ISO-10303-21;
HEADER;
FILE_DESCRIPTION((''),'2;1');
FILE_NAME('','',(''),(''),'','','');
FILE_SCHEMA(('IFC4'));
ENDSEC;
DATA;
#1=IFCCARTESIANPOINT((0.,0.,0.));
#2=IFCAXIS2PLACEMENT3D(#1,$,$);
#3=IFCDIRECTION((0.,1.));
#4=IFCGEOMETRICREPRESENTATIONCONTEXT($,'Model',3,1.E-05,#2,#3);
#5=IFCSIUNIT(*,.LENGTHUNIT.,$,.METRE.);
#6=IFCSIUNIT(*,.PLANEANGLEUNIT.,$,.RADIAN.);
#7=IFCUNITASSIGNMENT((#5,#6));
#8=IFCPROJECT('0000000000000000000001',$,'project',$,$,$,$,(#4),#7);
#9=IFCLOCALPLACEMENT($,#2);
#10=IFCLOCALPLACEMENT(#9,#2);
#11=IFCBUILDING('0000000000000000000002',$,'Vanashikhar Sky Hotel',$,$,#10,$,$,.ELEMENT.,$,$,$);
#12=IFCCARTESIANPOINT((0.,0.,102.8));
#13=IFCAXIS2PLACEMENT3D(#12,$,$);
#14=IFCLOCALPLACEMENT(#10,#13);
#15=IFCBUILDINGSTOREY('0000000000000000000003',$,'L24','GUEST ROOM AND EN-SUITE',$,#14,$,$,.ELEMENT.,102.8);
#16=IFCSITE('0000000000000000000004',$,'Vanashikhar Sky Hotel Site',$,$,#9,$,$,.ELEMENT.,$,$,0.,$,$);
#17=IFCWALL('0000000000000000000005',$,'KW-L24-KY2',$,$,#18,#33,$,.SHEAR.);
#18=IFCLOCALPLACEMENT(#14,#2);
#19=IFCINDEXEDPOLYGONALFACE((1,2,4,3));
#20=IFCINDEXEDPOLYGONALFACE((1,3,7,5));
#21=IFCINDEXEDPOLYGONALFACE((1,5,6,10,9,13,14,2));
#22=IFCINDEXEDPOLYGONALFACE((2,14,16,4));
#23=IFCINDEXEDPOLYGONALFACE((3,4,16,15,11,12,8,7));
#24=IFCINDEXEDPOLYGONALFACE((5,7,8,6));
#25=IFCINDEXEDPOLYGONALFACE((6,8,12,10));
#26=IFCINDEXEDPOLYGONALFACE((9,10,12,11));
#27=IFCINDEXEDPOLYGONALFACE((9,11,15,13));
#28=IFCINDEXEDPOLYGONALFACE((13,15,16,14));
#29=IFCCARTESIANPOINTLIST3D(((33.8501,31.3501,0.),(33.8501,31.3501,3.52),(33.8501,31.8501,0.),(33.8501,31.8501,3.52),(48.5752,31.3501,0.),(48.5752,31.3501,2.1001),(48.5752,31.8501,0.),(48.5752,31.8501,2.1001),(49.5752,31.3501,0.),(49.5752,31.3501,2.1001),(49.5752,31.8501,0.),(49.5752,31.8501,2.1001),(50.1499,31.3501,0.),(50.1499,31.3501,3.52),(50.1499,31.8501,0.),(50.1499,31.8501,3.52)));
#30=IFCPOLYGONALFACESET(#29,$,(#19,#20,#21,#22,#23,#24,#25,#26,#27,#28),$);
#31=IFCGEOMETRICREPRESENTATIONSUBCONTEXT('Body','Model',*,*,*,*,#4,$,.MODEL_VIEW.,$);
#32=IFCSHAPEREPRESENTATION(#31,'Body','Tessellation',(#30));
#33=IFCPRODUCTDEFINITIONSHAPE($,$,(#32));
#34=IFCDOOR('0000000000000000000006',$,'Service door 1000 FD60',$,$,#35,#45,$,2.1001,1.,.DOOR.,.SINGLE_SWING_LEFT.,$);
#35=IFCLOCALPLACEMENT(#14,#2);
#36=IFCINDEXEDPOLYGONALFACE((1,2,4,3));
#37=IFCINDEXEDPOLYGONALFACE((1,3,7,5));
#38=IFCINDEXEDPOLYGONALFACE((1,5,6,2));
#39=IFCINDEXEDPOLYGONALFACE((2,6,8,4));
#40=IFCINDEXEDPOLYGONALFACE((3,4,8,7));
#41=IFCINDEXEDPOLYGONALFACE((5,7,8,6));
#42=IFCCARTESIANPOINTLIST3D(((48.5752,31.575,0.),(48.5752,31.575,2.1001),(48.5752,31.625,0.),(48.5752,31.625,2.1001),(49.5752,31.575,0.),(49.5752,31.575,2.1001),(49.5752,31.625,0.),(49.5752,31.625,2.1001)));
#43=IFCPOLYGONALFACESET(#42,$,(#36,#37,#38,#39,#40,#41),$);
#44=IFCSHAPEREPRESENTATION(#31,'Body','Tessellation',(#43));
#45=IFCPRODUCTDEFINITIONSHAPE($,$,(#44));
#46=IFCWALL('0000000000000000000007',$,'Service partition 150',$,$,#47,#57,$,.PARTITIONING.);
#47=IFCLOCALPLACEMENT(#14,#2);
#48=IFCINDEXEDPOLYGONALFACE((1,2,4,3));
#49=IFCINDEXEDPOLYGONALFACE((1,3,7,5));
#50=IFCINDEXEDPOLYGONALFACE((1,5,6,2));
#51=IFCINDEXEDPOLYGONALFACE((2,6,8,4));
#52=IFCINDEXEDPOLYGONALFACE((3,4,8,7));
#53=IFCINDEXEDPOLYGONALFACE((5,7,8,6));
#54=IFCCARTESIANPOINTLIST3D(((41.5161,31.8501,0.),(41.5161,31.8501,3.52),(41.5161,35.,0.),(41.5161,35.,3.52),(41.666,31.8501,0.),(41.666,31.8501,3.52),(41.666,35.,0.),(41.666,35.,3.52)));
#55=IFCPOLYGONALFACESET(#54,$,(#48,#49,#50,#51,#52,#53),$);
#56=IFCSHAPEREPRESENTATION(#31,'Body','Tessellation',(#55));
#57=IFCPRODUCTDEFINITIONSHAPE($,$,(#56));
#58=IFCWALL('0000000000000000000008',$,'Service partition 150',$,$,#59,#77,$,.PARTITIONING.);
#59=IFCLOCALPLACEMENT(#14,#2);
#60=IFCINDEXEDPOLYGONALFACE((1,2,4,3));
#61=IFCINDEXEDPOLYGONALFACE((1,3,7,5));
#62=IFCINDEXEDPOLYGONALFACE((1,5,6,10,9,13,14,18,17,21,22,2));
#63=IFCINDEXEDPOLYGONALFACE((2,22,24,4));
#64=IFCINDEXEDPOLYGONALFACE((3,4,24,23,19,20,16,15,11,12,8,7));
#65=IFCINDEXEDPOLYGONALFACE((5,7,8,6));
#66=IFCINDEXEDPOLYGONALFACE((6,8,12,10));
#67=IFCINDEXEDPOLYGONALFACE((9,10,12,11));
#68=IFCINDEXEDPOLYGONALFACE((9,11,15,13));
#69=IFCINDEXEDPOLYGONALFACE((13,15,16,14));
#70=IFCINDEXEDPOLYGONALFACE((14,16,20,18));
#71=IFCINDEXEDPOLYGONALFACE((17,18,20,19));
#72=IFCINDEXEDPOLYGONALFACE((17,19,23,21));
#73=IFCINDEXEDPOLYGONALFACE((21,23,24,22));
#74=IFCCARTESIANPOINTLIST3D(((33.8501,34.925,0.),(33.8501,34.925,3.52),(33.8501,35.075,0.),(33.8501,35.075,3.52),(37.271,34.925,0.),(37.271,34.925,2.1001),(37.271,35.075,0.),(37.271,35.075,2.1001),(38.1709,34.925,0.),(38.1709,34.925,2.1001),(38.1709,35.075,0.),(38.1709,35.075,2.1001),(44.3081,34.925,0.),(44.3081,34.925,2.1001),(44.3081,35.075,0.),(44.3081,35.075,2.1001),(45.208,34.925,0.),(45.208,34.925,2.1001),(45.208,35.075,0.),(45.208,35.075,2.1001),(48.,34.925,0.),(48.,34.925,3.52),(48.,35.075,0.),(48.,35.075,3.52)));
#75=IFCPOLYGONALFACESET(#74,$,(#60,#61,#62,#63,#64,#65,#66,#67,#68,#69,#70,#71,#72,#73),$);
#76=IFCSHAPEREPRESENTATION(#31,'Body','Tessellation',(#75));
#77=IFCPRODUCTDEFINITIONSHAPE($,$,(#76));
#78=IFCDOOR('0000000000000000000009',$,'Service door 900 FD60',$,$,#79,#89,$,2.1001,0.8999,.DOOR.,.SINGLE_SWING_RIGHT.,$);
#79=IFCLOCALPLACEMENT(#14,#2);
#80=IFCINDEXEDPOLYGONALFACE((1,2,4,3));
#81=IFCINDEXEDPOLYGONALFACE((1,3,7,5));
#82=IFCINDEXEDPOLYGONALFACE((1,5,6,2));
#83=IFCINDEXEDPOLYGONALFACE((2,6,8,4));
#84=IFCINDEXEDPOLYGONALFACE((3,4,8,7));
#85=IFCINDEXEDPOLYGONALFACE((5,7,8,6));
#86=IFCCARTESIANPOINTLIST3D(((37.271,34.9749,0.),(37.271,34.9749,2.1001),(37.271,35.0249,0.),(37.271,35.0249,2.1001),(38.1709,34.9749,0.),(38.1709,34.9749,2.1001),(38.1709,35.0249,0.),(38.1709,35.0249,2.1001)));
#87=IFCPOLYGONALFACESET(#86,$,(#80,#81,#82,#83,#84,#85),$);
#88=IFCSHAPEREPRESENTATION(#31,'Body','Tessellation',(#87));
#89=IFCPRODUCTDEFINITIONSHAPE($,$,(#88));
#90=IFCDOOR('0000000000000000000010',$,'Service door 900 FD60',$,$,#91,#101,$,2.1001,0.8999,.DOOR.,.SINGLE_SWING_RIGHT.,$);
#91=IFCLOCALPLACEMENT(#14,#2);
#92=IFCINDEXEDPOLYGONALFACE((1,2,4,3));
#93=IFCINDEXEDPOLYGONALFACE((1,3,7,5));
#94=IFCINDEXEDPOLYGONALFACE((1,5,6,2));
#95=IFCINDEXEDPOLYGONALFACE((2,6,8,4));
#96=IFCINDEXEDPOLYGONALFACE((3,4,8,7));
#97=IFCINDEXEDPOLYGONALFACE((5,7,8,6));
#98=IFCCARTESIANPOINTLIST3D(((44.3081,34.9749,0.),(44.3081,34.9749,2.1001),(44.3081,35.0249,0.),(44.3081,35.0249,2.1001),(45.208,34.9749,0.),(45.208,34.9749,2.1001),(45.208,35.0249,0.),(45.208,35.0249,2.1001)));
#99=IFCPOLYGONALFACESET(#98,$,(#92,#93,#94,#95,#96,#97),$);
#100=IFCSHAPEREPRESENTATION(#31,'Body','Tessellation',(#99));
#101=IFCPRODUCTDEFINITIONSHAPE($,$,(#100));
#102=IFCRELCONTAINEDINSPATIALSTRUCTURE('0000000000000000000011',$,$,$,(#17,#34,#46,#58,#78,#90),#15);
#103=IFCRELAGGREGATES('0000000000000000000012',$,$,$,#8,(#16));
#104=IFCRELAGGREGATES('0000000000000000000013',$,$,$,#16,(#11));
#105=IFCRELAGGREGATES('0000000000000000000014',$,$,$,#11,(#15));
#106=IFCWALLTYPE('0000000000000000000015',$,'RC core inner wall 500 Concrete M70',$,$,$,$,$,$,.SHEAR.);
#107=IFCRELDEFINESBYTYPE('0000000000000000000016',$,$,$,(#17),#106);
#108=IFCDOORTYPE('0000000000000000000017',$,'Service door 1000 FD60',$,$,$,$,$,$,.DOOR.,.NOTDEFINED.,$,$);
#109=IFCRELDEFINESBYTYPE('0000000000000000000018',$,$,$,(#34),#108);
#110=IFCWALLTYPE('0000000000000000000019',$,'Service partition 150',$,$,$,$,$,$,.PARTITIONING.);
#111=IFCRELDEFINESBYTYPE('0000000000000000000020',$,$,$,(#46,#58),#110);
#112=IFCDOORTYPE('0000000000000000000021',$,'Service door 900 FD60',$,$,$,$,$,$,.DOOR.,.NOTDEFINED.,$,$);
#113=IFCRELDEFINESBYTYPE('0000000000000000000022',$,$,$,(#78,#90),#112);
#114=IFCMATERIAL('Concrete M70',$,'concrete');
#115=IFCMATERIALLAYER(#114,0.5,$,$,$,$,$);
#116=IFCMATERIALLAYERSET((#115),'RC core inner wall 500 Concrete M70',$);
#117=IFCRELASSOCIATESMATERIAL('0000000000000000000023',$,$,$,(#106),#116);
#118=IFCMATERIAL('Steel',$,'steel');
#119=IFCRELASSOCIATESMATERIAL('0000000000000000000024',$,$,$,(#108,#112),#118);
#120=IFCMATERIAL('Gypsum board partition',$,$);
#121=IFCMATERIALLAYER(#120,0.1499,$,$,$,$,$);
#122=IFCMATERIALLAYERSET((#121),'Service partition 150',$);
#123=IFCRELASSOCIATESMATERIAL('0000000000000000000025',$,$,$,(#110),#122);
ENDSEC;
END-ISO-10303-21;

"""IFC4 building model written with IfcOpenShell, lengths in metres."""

from ifc_helpers import new_model, si_unit, direction, frame, frame_2d, origin, place, context, subcontext, project, spatial, rectangle, extrude, source, transform, mapped, material, layer, layer_set, type_object, element, fill, save


model = new_model("IFC4")

# Units and contexts
model_context = context("Model", 3, precision=1e-05, world=origin(), true_north=direction((0.0, 1.0)))
body_context = subcontext(model_context, "Body", "Model", "MODEL_VIEW")
ifc_project = project(units=[si_unit("LENGTHUNIT", "METRE"), si_unit("PLANEANGLEUNIT", "RADIAN")], contexts=[model_context])

# Site, building, storey
site_placement = place(None, origin())
site = spatial("IfcSite", under=ifc_project, at=site_placement, Name="Vanashikhar Sky Hotel Site", CompositionType="ELEMENT", RefElevation=0.0)
building_placement = place(site_placement, origin())
building = spatial("IfcBuilding", under=site, at=building_placement, Name="Vanashikhar Sky Hotel", CompositionType="ELEMENT")
storey_placement = place(building_placement, frame((0.0, 0.0, 102.8)))
storey = spatial("IfcBuildingStorey", under=building, at=storey_placement, Name="L24", Description="GUEST ROOM AND EN-SUITE", CompositionType="ELEMENT", Elevation=102.8)

# Wall, opening, door
ifc_material_1 = material(Name="Concrete M70", Category="concrete")
ifc_layer_1 = layer(ifc_material_1, 0.5)
ifc_layer_set_1 = layer_set([ifc_layer_1], Name="RC core inner wall 500 Concrete M70")
wall_type_1 = type_object("IfcWallType", Name="RC core inner wall 500 Concrete M70", PredefinedType="SHEAR", material=ifc_layer_set_1)
shared_shape_1 = source(origin(), body_context, "Body", "SweptSolid", [
    extrude(rectangle(XDim=16.2998, YDim=0.5, at=frame_2d((8.1499, 0.0))), origin(), (0.0, 0.0, 1.0), 3.52),
])
wall_1_placement = place(storey_placement, frame((33.8501, 31.6001, 0.0), z_axis=(0.0, 0.0, 1.0), x_axis=(1.0, 0.0, 0.0)))
wall_1 = element("IfcWall", 1, at=wall_1_placement, inside=storey, type_object=wall_type_1, Name="KW-L24-KY2", PredefinedType="SHEAR", context=body_context, shape_type="MappedRepresentation", body=[
    mapped(shared_shape_1, transform((0.0, 0.0, 0.0), scale=1.0)),
])
shared_shape_2 = source(origin(), body_context, "Body", "SweptSolid", [
    extrude(rectangle(XDim=1.0, YDim=2.1001, at=frame_2d((0.5, 1.05))), frame((0.0, 0.26, 0.0), z_axis=(0.0, -1.0, 0.0), x_axis=(1.0, 0.0, 0.0)), (0.0, 0.0, 1.0), 0.52),
])
opening_1_placement = place(wall_1_placement, frame((14.7251, 0.0, 0.0)))
opening_1 = element("IfcOpeningElement", 2, at=opening_1_placement, cuts=wall_1, PredefinedType="OPENING", context=body_context, shape_type="MappedRepresentation", body=[
    mapped(shared_shape_2, transform((0.0, 0.0, 0.0), scale=1.0)),
])
ifc_material_2 = material(Name="Steel", Category="steel")
door_type_1 = type_object("IfcDoorType", Name="Service door 1000 FD60", OperationType="NOTDEFINED", PredefinedType="DOOR", material=ifc_material_2)
shared_shape_3 = source(origin(), body_context, "Body", "SweptSolid", [
    extrude(rectangle(XDim=1.0, YDim=2.1001, at=frame_2d((0.5, 1.05))), frame((0.0, 0.0249, 0.0), z_axis=(0.0, -1.0, 0.0), x_axis=(1.0, 0.0, 0.0)), (0.0, 0.0, 1.0), 0.05),
])
door_1_placement = place(opening_1_placement, origin())
door_1 = element("IfcDoor", 3, at=door_1_placement, inside=storey, type_object=door_type_1, Name="Service door 1000 FD60", OperationType="SINGLE_SWING_LEFT", OverallHeight=2.1001, OverallWidth=1.0, PredefinedType="DOOR", context=body_context, shape_type="MappedRepresentation", body=[
    mapped(shared_shape_3, transform((0.0, 0.0, 0.0), scale=1.0)),
])
fill(opening_1, door_1)

# Wall
ifc_material_3 = material(Name="Gypsum board partition")
ifc_layer_2 = layer(ifc_material_3, 0.1499)
ifc_layer_set_2 = layer_set([ifc_layer_2], Name="Service partition 150")
wall_type_2 = type_object("IfcWallType", Name="Service partition 150", PredefinedType="PARTITIONING", material=ifc_layer_set_2)
shared_shape_4 = source(origin(), body_context, "Body", "SweptSolid", [
    extrude(rectangle(XDim=3.1499, YDim=0.1499, at=frame_2d((1.575, 0.0))), origin(), (0.0, 0.0, 1.0), 3.52),
])
wall_2_placement = place(storey_placement, frame((41.5911, 31.8501, 0.0), z_axis=(0.0, 0.0, 1.0), x_axis=(0.0, 1.0, 0.0)))
element("IfcWall", 4, at=wall_2_placement, inside=storey, type_object=wall_type_2, Name="Service partition 150", PredefinedType="PARTITIONING", context=body_context, shape_type="MappedRepresentation", body=[
    mapped(shared_shape_4, transform((0.0, 0.0, 0.0), scale=1.0)),
])

# Wall, openings, doors
shared_shape_5 = source(origin(), body_context, "Body", "SweptSolid", [
    extrude(rectangle(XDim=14.1499, YDim=0.1499, at=frame_2d((7.075, 0.0))), origin(), (0.0, 0.0, 1.0), 3.52),
])
wall_3_placement = place(storey_placement, frame((33.8501, 35.0, 0.0), z_axis=(0.0, 0.0, 1.0), x_axis=(1.0, 0.0, 0.0)))
wall_3 = element("IfcWall", 5, at=wall_3_placement, inside=storey, type_object=wall_type_2, Name="Service partition 150", PredefinedType="PARTITIONING", context=body_context, shape_type="MappedRepresentation", body=[
    mapped(shared_shape_5, transform((0.0, 0.0, 0.0), scale=1.0)),
])
shared_shape_6 = source(origin(), body_context, "Body", "SweptSolid", [
    extrude(rectangle(XDim=0.8999, YDim=2.1001, at=frame_2d((0.45, 1.05))), frame((0.0, 0.085, 0.0), z_axis=(0.0, -1.0, 0.0), x_axis=(1.0, 0.0, 0.0)), (0.0, 0.0, 1.0), 0.1699),
])
opening_2_placement = place(wall_3_placement, frame((3.4209, 0.0, 0.0)))
opening_2 = element("IfcOpeningElement", 6, at=opening_2_placement, cuts=wall_3, PredefinedType="OPENING", context=body_context, shape_type="MappedRepresentation", body=[
    mapped(shared_shape_6, transform((0.0, 0.0, 0.0), scale=1.0)),
])
opening_3_placement = place(wall_3_placement, frame((10.458, 0.0, 0.0)))
opening_3 = element("IfcOpeningElement", 7, at=opening_3_placement, cuts=wall_3, PredefinedType="OPENING", context=body_context, shape_type="MappedRepresentation", body=[
    mapped(shared_shape_6, transform((0.0, 0.0, 0.0), scale=1.0)),
])
door_type_2 = type_object("IfcDoorType", Name="Service door 900 FD60", OperationType="NOTDEFINED", PredefinedType="DOOR", material=ifc_material_2)
shared_shape_7 = source(origin(), body_context, "Body", "SweptSolid", [
    extrude(rectangle(XDim=0.8999, YDim=2.1001, at=frame_2d((0.45, 1.05))), frame((0.0, 0.0249, 0.0), z_axis=(0.0, -1.0, 0.0), x_axis=(1.0, 0.0, 0.0)), (0.0, 0.0, 1.0), 0.05),
])
door_2_placement = place(opening_2_placement, origin())
door_2 = element("IfcDoor", 8, at=door_2_placement, inside=storey, type_object=door_type_2, Name="Service door 900 FD60", OperationType="SINGLE_SWING_RIGHT", OverallHeight=2.1001, OverallWidth=0.8999, PredefinedType="DOOR", context=body_context, shape_type="MappedRepresentation", body=[
    mapped(shared_shape_7, transform((0.0, 0.0, 0.0), scale=1.0)),
])
fill(opening_2, door_2)
door_3_placement = place(opening_3_placement, origin())
door_3 = element("IfcDoor", 9, at=door_3_placement, inside=storey, type_object=door_type_2, Name="Service door 900 FD60", OperationType="SINGLE_SWING_RIGHT", OverallHeight=2.1001, OverallWidth=0.8999, PredefinedType="DOOR", context=body_context, shape_type="MappedRepresentation", body=[
    mapped(shared_shape_7, transform((0.0, 0.0, 0.0), scale=1.0)),
])
fill(opening_3, door_3)

save(model, "model.ifc")
